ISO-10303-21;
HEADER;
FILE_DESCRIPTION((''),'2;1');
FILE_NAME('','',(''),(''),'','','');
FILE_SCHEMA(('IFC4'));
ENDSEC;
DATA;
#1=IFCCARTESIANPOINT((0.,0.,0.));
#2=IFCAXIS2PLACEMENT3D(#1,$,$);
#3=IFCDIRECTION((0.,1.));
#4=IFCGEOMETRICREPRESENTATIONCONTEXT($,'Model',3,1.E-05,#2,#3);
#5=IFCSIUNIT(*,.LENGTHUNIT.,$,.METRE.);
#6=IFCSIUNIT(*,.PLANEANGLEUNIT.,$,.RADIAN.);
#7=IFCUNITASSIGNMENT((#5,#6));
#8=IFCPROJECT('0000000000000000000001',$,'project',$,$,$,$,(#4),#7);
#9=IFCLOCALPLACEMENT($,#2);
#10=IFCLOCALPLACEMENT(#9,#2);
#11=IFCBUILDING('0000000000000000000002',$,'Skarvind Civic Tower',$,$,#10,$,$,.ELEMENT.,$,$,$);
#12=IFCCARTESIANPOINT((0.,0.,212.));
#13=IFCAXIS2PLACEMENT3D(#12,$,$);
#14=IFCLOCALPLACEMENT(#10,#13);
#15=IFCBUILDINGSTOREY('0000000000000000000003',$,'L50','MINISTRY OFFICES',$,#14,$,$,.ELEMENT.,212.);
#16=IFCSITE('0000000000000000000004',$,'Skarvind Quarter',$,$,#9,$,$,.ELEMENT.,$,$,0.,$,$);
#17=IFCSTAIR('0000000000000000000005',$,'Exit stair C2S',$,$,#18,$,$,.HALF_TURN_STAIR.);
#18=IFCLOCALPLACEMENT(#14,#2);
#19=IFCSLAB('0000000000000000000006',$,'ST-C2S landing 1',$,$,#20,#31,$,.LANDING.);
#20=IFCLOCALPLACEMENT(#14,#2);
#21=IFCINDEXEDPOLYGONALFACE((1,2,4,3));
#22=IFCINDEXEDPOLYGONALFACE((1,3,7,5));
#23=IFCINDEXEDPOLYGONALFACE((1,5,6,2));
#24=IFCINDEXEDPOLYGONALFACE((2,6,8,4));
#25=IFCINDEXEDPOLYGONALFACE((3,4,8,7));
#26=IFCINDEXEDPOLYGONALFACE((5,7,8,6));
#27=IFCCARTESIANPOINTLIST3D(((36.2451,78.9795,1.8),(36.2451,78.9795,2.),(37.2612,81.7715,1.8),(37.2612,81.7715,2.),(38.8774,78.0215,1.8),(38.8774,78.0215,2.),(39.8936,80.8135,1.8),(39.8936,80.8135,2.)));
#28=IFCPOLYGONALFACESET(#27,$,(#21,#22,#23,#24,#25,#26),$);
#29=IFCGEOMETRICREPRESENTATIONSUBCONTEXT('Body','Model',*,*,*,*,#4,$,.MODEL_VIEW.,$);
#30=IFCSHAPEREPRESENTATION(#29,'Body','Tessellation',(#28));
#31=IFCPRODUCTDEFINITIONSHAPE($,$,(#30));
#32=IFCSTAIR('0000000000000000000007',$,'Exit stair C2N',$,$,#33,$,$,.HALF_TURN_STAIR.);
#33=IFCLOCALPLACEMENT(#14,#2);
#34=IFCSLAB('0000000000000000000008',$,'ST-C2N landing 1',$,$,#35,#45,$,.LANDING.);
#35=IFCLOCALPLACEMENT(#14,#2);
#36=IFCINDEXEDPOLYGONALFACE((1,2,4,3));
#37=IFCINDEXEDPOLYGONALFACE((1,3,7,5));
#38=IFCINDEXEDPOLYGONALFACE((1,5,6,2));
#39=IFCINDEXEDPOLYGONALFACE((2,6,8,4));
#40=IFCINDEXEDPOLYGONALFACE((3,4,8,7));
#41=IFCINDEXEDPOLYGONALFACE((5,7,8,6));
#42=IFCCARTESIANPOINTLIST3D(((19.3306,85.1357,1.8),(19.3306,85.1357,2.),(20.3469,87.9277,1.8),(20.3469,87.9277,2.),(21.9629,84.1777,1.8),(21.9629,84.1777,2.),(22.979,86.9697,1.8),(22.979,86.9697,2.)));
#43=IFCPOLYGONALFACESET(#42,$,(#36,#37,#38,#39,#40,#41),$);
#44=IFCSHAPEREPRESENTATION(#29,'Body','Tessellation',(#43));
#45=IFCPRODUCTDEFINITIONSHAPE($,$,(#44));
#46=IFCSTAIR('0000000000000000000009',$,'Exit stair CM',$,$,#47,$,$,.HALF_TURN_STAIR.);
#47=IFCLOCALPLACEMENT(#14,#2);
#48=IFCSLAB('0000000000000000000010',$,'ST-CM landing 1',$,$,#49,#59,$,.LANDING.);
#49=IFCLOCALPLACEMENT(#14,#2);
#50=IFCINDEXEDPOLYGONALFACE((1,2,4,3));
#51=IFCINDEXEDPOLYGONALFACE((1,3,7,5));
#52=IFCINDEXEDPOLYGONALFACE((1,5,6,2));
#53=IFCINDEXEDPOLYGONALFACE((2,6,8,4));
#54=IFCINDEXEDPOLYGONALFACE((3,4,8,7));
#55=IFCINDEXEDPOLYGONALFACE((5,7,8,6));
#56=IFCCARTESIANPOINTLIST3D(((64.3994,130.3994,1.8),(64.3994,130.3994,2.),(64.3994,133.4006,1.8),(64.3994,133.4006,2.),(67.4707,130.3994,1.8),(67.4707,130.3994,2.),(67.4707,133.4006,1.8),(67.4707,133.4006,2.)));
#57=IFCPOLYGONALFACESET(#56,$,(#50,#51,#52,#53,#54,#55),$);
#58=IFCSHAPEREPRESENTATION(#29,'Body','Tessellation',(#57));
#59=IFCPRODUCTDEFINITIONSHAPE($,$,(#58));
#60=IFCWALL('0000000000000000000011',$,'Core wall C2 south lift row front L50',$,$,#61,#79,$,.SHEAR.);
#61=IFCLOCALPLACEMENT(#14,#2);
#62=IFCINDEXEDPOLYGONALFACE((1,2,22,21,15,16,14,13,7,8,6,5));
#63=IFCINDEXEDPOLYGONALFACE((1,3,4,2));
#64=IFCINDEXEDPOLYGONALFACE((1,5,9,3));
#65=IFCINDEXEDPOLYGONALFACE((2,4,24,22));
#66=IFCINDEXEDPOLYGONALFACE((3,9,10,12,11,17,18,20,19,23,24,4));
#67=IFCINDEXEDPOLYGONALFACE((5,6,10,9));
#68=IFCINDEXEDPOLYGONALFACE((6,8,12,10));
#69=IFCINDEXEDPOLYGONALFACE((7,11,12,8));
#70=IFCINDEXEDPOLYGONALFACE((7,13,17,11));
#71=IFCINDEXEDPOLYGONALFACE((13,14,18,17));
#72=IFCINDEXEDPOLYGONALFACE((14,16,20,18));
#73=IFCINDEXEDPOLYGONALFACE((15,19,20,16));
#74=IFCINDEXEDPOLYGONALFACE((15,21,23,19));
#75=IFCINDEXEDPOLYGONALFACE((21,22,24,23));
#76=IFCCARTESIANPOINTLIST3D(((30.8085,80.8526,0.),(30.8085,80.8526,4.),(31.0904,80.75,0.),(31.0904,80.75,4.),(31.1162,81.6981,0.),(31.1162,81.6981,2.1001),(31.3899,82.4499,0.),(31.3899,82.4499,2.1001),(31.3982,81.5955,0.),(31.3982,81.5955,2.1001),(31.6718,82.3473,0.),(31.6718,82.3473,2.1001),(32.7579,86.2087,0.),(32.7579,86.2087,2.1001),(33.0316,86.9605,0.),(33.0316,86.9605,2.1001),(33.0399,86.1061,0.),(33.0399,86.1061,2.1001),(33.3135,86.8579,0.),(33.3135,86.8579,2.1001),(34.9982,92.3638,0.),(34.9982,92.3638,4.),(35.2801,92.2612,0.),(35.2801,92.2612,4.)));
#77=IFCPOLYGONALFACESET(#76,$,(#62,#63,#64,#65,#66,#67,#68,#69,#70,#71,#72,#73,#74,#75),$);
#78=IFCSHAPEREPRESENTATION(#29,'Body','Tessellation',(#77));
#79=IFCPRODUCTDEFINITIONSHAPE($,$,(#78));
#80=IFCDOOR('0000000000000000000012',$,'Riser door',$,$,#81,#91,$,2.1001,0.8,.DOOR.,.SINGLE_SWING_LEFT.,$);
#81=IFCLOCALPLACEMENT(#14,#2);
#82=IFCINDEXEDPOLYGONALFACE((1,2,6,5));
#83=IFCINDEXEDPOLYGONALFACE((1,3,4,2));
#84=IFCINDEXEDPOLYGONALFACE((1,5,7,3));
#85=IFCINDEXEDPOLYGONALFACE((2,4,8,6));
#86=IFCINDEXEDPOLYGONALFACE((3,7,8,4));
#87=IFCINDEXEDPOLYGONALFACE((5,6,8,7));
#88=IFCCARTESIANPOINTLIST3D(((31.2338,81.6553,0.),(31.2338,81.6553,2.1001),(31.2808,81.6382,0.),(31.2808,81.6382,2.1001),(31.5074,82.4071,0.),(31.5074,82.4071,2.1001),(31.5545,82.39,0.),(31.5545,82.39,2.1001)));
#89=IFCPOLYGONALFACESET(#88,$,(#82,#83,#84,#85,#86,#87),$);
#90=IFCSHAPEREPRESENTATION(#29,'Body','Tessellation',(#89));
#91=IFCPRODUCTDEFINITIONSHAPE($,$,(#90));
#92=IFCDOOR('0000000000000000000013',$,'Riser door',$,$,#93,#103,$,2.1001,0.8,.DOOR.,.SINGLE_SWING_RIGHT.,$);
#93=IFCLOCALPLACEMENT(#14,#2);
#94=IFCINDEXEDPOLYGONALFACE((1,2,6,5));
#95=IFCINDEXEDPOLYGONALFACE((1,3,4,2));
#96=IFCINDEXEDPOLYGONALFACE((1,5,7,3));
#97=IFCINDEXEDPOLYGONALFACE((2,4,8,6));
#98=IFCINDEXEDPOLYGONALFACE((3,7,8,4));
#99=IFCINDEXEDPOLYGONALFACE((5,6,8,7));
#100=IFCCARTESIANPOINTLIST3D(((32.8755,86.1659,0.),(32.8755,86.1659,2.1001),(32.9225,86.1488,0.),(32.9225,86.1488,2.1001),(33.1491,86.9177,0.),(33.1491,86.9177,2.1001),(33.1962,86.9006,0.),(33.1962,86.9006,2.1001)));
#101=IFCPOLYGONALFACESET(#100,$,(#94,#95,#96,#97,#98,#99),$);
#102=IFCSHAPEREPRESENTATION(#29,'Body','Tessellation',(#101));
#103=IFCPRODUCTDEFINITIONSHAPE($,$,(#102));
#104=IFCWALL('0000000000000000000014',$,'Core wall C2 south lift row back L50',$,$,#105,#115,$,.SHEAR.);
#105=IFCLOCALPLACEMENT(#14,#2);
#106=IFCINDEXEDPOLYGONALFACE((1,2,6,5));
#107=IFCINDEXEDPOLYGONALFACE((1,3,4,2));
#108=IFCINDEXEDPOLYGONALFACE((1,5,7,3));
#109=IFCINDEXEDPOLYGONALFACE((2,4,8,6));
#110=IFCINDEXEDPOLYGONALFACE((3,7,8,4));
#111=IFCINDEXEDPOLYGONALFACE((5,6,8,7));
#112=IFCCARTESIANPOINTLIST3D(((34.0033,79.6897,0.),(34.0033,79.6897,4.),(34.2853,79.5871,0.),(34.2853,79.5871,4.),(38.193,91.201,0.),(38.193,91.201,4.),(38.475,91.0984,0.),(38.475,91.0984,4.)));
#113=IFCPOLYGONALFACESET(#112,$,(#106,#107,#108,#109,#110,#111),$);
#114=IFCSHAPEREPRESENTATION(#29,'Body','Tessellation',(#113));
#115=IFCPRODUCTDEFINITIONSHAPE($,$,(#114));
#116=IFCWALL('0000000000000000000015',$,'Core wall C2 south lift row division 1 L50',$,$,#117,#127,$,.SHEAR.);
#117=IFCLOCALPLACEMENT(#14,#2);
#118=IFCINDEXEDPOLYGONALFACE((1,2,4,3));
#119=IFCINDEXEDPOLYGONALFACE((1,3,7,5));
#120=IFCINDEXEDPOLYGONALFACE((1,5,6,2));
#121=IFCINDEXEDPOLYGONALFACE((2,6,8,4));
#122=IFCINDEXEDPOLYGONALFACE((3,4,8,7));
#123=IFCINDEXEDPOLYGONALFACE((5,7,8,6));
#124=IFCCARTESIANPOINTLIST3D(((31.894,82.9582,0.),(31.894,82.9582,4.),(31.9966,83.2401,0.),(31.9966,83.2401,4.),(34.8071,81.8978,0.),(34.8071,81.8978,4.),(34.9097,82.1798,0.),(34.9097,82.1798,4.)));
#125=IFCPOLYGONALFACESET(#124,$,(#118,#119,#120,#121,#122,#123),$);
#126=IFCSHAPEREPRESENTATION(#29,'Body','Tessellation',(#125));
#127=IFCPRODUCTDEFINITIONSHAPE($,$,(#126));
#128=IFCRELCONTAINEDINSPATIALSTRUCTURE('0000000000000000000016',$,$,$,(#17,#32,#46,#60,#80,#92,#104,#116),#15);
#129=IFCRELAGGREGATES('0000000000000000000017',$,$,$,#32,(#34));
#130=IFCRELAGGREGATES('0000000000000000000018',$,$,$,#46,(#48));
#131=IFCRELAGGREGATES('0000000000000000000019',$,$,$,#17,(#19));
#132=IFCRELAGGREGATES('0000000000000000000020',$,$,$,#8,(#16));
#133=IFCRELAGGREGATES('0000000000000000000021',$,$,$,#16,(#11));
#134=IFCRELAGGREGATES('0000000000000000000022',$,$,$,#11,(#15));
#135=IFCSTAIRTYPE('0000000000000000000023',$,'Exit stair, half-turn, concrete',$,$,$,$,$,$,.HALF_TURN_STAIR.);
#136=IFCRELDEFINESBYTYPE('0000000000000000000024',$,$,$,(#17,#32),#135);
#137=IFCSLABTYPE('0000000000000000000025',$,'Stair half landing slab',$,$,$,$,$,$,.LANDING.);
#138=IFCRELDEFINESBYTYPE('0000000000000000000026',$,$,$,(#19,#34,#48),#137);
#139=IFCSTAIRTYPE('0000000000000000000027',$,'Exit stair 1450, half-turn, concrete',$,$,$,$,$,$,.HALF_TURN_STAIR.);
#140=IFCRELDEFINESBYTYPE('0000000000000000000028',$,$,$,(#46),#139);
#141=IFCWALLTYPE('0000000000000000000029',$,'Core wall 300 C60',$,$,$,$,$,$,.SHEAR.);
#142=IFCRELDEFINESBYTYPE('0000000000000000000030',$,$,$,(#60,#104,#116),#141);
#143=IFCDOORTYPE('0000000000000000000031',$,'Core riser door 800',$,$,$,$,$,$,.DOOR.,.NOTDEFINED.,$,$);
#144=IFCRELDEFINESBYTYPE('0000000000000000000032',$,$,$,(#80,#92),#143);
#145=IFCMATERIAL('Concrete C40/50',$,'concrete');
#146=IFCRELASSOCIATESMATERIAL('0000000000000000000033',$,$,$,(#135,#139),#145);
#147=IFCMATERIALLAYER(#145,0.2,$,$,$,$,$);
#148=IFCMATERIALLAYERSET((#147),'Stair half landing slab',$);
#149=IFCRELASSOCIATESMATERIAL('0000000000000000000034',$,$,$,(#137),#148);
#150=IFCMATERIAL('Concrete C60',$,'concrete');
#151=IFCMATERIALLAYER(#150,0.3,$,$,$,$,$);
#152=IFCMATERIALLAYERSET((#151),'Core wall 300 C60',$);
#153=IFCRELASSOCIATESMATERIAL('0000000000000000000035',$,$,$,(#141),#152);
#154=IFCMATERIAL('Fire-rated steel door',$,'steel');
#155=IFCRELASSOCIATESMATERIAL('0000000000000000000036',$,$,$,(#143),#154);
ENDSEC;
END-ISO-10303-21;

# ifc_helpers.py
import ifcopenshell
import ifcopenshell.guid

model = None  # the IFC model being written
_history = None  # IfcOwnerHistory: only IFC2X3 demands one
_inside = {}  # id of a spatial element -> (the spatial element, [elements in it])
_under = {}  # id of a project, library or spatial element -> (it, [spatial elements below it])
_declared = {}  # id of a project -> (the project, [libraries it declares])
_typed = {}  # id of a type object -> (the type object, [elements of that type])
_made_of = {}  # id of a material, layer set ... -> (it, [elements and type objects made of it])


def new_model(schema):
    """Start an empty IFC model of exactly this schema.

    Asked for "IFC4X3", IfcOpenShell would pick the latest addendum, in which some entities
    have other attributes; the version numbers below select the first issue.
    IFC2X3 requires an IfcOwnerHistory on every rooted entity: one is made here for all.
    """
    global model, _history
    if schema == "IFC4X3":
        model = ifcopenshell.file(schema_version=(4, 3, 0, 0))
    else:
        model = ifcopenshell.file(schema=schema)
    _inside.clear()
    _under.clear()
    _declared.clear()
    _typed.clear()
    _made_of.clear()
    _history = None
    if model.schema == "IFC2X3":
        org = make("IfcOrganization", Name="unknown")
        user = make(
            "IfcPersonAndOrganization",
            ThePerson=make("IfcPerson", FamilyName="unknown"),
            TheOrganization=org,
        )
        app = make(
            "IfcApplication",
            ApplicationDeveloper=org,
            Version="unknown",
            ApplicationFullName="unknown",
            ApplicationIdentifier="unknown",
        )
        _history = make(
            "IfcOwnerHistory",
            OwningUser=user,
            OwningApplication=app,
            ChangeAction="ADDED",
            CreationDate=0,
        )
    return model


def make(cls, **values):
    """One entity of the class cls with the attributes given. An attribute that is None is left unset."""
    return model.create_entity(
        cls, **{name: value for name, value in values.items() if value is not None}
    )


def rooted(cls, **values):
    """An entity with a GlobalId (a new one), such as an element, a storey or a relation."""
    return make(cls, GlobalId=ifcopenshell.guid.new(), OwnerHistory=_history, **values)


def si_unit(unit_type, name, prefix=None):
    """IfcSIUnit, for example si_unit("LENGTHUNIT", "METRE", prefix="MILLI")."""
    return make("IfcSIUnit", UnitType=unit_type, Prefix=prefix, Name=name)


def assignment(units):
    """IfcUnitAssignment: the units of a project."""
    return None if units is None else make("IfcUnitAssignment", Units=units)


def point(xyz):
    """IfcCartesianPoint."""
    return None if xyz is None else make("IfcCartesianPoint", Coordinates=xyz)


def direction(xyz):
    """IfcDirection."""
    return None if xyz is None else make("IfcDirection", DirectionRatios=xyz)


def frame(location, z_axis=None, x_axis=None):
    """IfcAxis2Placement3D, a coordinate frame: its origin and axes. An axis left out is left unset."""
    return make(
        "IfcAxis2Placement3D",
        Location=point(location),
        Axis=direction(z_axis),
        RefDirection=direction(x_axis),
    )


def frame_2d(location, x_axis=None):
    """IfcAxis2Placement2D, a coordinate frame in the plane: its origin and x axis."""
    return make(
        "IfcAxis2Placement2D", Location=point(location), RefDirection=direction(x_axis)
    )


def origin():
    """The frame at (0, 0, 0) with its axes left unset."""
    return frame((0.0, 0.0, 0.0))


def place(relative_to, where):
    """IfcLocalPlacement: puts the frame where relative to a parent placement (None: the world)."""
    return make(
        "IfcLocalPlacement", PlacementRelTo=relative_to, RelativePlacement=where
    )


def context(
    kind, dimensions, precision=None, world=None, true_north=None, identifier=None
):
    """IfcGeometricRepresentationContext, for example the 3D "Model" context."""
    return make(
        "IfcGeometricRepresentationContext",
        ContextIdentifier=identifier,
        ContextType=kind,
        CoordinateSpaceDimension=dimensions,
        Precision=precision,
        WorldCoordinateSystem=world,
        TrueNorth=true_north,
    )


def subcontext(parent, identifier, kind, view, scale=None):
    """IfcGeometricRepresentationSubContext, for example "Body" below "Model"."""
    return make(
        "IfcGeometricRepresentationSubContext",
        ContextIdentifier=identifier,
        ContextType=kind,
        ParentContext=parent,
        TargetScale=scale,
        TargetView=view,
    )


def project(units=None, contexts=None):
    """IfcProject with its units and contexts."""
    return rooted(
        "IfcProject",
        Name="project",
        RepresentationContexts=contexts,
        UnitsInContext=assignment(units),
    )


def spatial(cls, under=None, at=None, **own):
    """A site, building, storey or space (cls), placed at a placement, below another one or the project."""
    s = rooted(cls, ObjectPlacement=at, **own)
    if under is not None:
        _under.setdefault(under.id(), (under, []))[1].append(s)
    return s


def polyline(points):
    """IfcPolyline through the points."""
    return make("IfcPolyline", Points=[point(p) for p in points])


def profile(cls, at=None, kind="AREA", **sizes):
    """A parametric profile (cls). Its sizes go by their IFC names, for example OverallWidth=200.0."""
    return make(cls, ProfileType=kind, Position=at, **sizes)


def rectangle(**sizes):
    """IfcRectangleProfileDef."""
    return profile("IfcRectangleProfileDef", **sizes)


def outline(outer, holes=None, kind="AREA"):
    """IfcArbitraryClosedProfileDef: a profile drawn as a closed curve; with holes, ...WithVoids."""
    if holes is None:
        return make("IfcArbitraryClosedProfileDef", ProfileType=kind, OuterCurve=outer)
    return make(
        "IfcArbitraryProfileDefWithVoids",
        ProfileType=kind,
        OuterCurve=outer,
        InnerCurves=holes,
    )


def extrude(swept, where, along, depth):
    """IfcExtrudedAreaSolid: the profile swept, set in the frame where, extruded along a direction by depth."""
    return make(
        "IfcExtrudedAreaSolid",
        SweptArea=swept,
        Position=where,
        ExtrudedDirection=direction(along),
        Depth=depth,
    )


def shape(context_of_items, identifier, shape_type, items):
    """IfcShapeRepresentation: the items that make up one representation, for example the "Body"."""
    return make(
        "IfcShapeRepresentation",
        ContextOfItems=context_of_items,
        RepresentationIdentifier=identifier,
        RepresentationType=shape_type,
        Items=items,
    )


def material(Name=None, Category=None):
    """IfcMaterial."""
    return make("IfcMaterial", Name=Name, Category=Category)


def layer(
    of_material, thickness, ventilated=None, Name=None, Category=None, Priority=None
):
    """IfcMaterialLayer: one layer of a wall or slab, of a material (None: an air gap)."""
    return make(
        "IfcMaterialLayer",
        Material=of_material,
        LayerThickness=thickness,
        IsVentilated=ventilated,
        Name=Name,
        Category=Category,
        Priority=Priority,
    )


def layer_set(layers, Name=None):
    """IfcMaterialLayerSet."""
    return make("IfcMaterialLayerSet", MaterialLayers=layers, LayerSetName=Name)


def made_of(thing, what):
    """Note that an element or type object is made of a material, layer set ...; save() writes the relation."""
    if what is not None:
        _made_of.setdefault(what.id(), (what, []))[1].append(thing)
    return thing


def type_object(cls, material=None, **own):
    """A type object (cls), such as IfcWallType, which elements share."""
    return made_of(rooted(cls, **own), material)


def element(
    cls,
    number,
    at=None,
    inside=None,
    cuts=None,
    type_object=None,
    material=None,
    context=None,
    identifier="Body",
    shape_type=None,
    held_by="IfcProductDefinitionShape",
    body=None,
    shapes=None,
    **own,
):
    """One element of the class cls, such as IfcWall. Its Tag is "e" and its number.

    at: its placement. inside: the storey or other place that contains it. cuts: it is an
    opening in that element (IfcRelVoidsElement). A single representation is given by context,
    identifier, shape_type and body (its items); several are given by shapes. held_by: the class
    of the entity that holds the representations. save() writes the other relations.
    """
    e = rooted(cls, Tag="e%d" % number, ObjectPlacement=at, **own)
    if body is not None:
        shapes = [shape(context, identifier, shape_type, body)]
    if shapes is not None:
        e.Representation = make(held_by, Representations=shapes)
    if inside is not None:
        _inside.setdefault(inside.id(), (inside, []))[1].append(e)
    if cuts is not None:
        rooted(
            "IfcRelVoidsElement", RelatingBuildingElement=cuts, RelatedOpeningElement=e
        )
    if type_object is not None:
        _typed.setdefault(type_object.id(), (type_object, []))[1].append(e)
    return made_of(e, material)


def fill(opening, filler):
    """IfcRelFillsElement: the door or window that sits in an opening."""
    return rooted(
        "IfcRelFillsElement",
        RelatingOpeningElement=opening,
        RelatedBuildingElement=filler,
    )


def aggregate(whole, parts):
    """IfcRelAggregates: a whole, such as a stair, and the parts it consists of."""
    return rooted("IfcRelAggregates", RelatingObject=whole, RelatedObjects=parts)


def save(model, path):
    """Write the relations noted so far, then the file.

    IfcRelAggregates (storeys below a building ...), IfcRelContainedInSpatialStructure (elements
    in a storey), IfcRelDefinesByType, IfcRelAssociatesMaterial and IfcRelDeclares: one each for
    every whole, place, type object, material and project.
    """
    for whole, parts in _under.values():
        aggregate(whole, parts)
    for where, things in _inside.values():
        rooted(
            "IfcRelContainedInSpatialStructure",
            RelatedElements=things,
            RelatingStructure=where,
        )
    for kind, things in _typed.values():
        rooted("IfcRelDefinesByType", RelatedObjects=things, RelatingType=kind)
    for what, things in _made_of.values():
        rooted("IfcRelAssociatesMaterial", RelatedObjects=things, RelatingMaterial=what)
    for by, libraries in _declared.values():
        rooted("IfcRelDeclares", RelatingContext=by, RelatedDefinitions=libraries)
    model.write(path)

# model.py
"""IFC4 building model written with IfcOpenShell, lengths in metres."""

from ifc_helpers import new_model, si_unit, direction, frame, frame_2d, origin, place, context, subcontext, project, spatial, polyline, rectangle, outline, extrude, material, layer, layer_set, type_object, element, fill, aggregate, save


model = new_model("IFC4")

# Units and contexts
model_context = context("Model", 3, precision=1e-05, world=origin(), true_north=direction((0.0, 1.0)))
body_context = subcontext(model_context, "Body", "Model", "MODEL_VIEW")
ifc_project = project(units=[si_unit("LENGTHUNIT", "METRE"), si_unit("PLANEANGLEUNIT", "RADIAN")], contexts=[model_context])

# Site, building, storey
site_placement = place(None, origin())
site = spatial("IfcSite", under=ifc_project, at=site_placement, Name="Skarvind Quarter", CompositionType="ELEMENT", RefElevation=0.0)
building_placement = place(site_placement, origin())
building = spatial("IfcBuilding", under=site, at=building_placement, Name="Skarvind Civic Tower", CompositionType="ELEMENT")
storey_placement = place(building_placement, frame((0.0, 0.0, 212.0)))
storey = spatial("IfcBuildingStorey", under=building, at=storey_placement, Name="L50", Description="MINISTRY OFFICES", CompositionType="ELEMENT", Elevation=212.0)

# Shared definitions
ifc_material_1 = material(Name="Concrete C40/50", Category="concrete")

# Stairs, slabs
stair_type_1 = type_object("IfcStairType", Name="Exit stair, half-turn, concrete", PredefinedType="HALF_TURN_STAIR", material=ifc_material_1)
ifc_layer_1 = layer(ifc_material_1, 0.2)
ifc_layer_set_1 = layer_set([ifc_layer_1], Name="Stair half landing slab")
slab_type_1 = type_object("IfcSlabType", Name="Stair half landing slab", PredefinedType="LANDING", material=ifc_layer_set_1)
stair_1_placement = place(storey_placement, origin())
stair_1 = element("IfcStair", 1, at=stair_1_placement, inside=storey, type_object=stair_type_1, Name="Exit stair C2S", PredefinedType="HALF_TURN_STAIR")
slab_1_placement = place(storey_placement, frame((0.0, 0.0, 1.8)))
slab_1 = element("IfcSlab", 2, at=slab_1_placement, type_object=slab_type_1, Name="ST-C2S landing 1", PredefinedType="LANDING", context=body_context, shape_type="SweptSolid", body=[
    extrude(outline(polyline([(37.2612, 81.7715), (39.8936, 80.8135), (38.8774, 78.0215), (36.2451, 78.9795), (37.2612, 81.7715)])), origin(), (0.0, 0.0, 1.0), 0.2),
])
stair_2_placement = place(storey_placement, origin())
stair_2 = element("IfcStair", 3, at=stair_2_placement, inside=storey, type_object=stair_type_1, Name="Exit stair C2N", PredefinedType="HALF_TURN_STAIR")
slab_2_placement = place(storey_placement, frame((0.0, 0.0, 1.8)))
slab_2 = element("IfcSlab", 4, at=slab_2_placement, type_object=slab_type_1, Name="ST-C2N landing 1", PredefinedType="LANDING", context=body_context, shape_type="SweptSolid", body=[
    extrude(outline(polyline([(20.3469, 87.9277), (22.979, 86.9697), (21.9629, 84.1777), (19.3306, 85.1357), (20.3469, 87.9277)])), origin(), (0.0, 0.0, 1.0), 0.2),
])
aggregate(stair_2, [slab_2])
stair_type_2 = type_object("IfcStairType", Name="Exit stair 1450, half-turn, concrete", PredefinedType="HALF_TURN_STAIR", material=ifc_material_1)
stair_3_placement = place(storey_placement, origin())
stair_3 = element("IfcStair", 5, at=stair_3_placement, inside=storey, type_object=stair_type_2, Name="Exit stair CM", PredefinedType="HALF_TURN_STAIR")
slab_3_placement = place(storey_placement, frame((0.0, 0.0, 1.8)))
slab_3 = element("IfcSlab", 6, at=slab_3_placement, type_object=slab_type_1, Name="ST-CM landing 1", PredefinedType="LANDING", context=body_context, shape_type="SweptSolid", body=[
    extrude(outline(polyline([(67.4707, 133.4006), (67.4707, 130.3994), (64.3994, 130.3994), (64.3994, 133.4006), (67.4707, 133.4006)])), origin(), (0.0, 0.0, 1.0), 0.2),
])
aggregate(stair_3, [slab_3])

# Wall, openings, doors
ifc_material_2 = material(Name="Concrete C60", Category="concrete")
ifc_layer_2 = layer(ifc_material_2, 0.3)
ifc_layer_set_2 = layer_set([ifc_layer_2], Name="Core wall 300 C60")
wall_type_1 = type_object("IfcWallType", Name="Core wall 300 C60", PredefinedType="SHEAR", material=ifc_layer_set_2)
wall_1_placement = place(storey_placement, frame((30.9495, 80.8013, 0.0), z_axis=(0.0, 0.0, 1.0), x_axis=(0.342017, 0.939694, 0.0)))
wall_1 = element("IfcWall", 7, at=wall_1_placement, inside=storey, type_object=wall_type_1, Name="Core wall C2 south lift row front L50", PredefinedType="SHEAR", context=body_context, shape_type="SweptSolid", body=[
    extrude(rectangle(XDim=12.25, YDim=0.3, at=frame_2d((6.125, 0.0))), origin(), (0.0, 0.0, 1.0), 4.0),
])
opening_1_placement = place(wall_1_placement, frame((0.8999, 0.0, 0.0)))
opening_1 = element("IfcOpeningElement", 8, at=opening_1_placement, cuts=wall_1, PredefinedType="OPENING", context=body_context, shape_type="SweptSolid", body=[
    extrude(rectangle(XDim=0.8, YDim=2.1001, at=frame_2d((0.3999, 1.05))), frame((0.0, 0.1599, 0.0), z_axis=(0.0, -1.0, 0.0), x_axis=(1.0, 0.0, 0.0)), (0.0, 0.0, 1.0), 0.3201),
])
opening_2_placement = place(wall_1_placement, frame((5.7, 0.0, 0.0)))
opening_2 = element("IfcOpeningElement", 9, at=opening_2_placement, cuts=wall_1, PredefinedType="OPENING", context=body_context, shape_type="SweptSolid", body=[
    extrude(rectangle(XDim=0.8, YDim=2.1001, at=frame_2d((0.3999, 1.05))), frame((0.0, 0.1599, 0.0), z_axis=(0.0, -1.0, 0.0), x_axis=(1.0, 0.0, 0.0)), (0.0, 0.0, 1.0), 0.3201),
])
ifc_material_3 = material(Name="Fire-rated steel door", Category="steel")
door_type_1 = type_object("IfcDoorType", Name="Core riser door 800", OperationType="NOTDEFINED", PredefinedType="DOOR", material=ifc_material_3)
door_1_placement = place(opening_1_placement, origin())
door_1 = element("IfcDoor", 10, at=door_1_placement, inside=storey, type_object=door_type_1, Name="Riser door", OperationType="SINGLE_SWING_LEFT", OverallHeight=2.1001, OverallWidth=0.8, PredefinedType="DOOR", context=body_context, shape_type="SweptSolid", body=[
    extrude(rectangle(XDim=0.8, YDim=2.1001, at=frame_2d((0.3999, 1.05))), frame((0.0, 0.0249, 0.0), z_axis=(0.0, -1.0, 0.0), x_axis=(1.0, 0.0, 0.0)), (0.0, 0.0, 1.0), 0.05),
])
fill(opening_1, door_1)
door_2_placement = place(opening_2_placement, origin())
door_2 = element("IfcDoor", 11, at=door_2_placement, inside=storey, type_object=door_type_1, Name="Riser door", OperationType="SINGLE_SWING_RIGHT", OverallHeight=2.1001, OverallWidth=0.8, PredefinedType="DOOR", context=body_context, shape_type="SweptSolid", body=[
    extrude(rectangle(XDim=0.8, YDim=2.1001, at=frame_2d((0.3999, 1.05))), frame((0.0, 0.0249, 0.0), z_axis=(0.0, -1.0, 0.0), x_axis=(1.0, 0.0, 0.0)), (0.0, 0.0, 1.0), 0.05),
])
fill(opening_2, door_2)

# Walls
wall_2_placement = place(storey_placement, frame((34.1443, 79.6384, 0.0), z_axis=(0.0, 0.0, 1.0), x_axis=(0.342017, 0.939694, 0.0)))
element("IfcWall", 12, at=wall_2_placement, inside=storey, type_object=wall_type_1, Name="Core wall C2 south lift row back L50", PredefinedType="SHEAR", context=body_context, shape_type="SweptSolid", body=[
    extrude(rectangle(XDim=12.25, YDim=0.3, at=frame_2d((6.125, 0.0))), origin(), (0.0, 0.0, 1.0), 4.0),
])
wall_3_placement = place(storey_placement, frame((34.8584, 82.0388, 0.0), z_axis=(0.0, 0.0, 1.0), x_axis=(-0.93969, 0.342028, 0.0)))
element("IfcWall", 13, at=wall_3_placement, inside=storey, type_object=wall_type_1, Name="Core wall C2 south lift row division 1 L50", PredefinedType="SHEAR", context=body_context, shape_type="SweptSolid", body=[
    extrude(rectangle(XDim=3.1001, YDim=0.3, at=frame_2d((1.55, 0.0))), origin(), (0.0, 0.0, 1.0), 4.0),
])

aggregate(stair_1, [slab_1])

save(model, "model.ifc")
